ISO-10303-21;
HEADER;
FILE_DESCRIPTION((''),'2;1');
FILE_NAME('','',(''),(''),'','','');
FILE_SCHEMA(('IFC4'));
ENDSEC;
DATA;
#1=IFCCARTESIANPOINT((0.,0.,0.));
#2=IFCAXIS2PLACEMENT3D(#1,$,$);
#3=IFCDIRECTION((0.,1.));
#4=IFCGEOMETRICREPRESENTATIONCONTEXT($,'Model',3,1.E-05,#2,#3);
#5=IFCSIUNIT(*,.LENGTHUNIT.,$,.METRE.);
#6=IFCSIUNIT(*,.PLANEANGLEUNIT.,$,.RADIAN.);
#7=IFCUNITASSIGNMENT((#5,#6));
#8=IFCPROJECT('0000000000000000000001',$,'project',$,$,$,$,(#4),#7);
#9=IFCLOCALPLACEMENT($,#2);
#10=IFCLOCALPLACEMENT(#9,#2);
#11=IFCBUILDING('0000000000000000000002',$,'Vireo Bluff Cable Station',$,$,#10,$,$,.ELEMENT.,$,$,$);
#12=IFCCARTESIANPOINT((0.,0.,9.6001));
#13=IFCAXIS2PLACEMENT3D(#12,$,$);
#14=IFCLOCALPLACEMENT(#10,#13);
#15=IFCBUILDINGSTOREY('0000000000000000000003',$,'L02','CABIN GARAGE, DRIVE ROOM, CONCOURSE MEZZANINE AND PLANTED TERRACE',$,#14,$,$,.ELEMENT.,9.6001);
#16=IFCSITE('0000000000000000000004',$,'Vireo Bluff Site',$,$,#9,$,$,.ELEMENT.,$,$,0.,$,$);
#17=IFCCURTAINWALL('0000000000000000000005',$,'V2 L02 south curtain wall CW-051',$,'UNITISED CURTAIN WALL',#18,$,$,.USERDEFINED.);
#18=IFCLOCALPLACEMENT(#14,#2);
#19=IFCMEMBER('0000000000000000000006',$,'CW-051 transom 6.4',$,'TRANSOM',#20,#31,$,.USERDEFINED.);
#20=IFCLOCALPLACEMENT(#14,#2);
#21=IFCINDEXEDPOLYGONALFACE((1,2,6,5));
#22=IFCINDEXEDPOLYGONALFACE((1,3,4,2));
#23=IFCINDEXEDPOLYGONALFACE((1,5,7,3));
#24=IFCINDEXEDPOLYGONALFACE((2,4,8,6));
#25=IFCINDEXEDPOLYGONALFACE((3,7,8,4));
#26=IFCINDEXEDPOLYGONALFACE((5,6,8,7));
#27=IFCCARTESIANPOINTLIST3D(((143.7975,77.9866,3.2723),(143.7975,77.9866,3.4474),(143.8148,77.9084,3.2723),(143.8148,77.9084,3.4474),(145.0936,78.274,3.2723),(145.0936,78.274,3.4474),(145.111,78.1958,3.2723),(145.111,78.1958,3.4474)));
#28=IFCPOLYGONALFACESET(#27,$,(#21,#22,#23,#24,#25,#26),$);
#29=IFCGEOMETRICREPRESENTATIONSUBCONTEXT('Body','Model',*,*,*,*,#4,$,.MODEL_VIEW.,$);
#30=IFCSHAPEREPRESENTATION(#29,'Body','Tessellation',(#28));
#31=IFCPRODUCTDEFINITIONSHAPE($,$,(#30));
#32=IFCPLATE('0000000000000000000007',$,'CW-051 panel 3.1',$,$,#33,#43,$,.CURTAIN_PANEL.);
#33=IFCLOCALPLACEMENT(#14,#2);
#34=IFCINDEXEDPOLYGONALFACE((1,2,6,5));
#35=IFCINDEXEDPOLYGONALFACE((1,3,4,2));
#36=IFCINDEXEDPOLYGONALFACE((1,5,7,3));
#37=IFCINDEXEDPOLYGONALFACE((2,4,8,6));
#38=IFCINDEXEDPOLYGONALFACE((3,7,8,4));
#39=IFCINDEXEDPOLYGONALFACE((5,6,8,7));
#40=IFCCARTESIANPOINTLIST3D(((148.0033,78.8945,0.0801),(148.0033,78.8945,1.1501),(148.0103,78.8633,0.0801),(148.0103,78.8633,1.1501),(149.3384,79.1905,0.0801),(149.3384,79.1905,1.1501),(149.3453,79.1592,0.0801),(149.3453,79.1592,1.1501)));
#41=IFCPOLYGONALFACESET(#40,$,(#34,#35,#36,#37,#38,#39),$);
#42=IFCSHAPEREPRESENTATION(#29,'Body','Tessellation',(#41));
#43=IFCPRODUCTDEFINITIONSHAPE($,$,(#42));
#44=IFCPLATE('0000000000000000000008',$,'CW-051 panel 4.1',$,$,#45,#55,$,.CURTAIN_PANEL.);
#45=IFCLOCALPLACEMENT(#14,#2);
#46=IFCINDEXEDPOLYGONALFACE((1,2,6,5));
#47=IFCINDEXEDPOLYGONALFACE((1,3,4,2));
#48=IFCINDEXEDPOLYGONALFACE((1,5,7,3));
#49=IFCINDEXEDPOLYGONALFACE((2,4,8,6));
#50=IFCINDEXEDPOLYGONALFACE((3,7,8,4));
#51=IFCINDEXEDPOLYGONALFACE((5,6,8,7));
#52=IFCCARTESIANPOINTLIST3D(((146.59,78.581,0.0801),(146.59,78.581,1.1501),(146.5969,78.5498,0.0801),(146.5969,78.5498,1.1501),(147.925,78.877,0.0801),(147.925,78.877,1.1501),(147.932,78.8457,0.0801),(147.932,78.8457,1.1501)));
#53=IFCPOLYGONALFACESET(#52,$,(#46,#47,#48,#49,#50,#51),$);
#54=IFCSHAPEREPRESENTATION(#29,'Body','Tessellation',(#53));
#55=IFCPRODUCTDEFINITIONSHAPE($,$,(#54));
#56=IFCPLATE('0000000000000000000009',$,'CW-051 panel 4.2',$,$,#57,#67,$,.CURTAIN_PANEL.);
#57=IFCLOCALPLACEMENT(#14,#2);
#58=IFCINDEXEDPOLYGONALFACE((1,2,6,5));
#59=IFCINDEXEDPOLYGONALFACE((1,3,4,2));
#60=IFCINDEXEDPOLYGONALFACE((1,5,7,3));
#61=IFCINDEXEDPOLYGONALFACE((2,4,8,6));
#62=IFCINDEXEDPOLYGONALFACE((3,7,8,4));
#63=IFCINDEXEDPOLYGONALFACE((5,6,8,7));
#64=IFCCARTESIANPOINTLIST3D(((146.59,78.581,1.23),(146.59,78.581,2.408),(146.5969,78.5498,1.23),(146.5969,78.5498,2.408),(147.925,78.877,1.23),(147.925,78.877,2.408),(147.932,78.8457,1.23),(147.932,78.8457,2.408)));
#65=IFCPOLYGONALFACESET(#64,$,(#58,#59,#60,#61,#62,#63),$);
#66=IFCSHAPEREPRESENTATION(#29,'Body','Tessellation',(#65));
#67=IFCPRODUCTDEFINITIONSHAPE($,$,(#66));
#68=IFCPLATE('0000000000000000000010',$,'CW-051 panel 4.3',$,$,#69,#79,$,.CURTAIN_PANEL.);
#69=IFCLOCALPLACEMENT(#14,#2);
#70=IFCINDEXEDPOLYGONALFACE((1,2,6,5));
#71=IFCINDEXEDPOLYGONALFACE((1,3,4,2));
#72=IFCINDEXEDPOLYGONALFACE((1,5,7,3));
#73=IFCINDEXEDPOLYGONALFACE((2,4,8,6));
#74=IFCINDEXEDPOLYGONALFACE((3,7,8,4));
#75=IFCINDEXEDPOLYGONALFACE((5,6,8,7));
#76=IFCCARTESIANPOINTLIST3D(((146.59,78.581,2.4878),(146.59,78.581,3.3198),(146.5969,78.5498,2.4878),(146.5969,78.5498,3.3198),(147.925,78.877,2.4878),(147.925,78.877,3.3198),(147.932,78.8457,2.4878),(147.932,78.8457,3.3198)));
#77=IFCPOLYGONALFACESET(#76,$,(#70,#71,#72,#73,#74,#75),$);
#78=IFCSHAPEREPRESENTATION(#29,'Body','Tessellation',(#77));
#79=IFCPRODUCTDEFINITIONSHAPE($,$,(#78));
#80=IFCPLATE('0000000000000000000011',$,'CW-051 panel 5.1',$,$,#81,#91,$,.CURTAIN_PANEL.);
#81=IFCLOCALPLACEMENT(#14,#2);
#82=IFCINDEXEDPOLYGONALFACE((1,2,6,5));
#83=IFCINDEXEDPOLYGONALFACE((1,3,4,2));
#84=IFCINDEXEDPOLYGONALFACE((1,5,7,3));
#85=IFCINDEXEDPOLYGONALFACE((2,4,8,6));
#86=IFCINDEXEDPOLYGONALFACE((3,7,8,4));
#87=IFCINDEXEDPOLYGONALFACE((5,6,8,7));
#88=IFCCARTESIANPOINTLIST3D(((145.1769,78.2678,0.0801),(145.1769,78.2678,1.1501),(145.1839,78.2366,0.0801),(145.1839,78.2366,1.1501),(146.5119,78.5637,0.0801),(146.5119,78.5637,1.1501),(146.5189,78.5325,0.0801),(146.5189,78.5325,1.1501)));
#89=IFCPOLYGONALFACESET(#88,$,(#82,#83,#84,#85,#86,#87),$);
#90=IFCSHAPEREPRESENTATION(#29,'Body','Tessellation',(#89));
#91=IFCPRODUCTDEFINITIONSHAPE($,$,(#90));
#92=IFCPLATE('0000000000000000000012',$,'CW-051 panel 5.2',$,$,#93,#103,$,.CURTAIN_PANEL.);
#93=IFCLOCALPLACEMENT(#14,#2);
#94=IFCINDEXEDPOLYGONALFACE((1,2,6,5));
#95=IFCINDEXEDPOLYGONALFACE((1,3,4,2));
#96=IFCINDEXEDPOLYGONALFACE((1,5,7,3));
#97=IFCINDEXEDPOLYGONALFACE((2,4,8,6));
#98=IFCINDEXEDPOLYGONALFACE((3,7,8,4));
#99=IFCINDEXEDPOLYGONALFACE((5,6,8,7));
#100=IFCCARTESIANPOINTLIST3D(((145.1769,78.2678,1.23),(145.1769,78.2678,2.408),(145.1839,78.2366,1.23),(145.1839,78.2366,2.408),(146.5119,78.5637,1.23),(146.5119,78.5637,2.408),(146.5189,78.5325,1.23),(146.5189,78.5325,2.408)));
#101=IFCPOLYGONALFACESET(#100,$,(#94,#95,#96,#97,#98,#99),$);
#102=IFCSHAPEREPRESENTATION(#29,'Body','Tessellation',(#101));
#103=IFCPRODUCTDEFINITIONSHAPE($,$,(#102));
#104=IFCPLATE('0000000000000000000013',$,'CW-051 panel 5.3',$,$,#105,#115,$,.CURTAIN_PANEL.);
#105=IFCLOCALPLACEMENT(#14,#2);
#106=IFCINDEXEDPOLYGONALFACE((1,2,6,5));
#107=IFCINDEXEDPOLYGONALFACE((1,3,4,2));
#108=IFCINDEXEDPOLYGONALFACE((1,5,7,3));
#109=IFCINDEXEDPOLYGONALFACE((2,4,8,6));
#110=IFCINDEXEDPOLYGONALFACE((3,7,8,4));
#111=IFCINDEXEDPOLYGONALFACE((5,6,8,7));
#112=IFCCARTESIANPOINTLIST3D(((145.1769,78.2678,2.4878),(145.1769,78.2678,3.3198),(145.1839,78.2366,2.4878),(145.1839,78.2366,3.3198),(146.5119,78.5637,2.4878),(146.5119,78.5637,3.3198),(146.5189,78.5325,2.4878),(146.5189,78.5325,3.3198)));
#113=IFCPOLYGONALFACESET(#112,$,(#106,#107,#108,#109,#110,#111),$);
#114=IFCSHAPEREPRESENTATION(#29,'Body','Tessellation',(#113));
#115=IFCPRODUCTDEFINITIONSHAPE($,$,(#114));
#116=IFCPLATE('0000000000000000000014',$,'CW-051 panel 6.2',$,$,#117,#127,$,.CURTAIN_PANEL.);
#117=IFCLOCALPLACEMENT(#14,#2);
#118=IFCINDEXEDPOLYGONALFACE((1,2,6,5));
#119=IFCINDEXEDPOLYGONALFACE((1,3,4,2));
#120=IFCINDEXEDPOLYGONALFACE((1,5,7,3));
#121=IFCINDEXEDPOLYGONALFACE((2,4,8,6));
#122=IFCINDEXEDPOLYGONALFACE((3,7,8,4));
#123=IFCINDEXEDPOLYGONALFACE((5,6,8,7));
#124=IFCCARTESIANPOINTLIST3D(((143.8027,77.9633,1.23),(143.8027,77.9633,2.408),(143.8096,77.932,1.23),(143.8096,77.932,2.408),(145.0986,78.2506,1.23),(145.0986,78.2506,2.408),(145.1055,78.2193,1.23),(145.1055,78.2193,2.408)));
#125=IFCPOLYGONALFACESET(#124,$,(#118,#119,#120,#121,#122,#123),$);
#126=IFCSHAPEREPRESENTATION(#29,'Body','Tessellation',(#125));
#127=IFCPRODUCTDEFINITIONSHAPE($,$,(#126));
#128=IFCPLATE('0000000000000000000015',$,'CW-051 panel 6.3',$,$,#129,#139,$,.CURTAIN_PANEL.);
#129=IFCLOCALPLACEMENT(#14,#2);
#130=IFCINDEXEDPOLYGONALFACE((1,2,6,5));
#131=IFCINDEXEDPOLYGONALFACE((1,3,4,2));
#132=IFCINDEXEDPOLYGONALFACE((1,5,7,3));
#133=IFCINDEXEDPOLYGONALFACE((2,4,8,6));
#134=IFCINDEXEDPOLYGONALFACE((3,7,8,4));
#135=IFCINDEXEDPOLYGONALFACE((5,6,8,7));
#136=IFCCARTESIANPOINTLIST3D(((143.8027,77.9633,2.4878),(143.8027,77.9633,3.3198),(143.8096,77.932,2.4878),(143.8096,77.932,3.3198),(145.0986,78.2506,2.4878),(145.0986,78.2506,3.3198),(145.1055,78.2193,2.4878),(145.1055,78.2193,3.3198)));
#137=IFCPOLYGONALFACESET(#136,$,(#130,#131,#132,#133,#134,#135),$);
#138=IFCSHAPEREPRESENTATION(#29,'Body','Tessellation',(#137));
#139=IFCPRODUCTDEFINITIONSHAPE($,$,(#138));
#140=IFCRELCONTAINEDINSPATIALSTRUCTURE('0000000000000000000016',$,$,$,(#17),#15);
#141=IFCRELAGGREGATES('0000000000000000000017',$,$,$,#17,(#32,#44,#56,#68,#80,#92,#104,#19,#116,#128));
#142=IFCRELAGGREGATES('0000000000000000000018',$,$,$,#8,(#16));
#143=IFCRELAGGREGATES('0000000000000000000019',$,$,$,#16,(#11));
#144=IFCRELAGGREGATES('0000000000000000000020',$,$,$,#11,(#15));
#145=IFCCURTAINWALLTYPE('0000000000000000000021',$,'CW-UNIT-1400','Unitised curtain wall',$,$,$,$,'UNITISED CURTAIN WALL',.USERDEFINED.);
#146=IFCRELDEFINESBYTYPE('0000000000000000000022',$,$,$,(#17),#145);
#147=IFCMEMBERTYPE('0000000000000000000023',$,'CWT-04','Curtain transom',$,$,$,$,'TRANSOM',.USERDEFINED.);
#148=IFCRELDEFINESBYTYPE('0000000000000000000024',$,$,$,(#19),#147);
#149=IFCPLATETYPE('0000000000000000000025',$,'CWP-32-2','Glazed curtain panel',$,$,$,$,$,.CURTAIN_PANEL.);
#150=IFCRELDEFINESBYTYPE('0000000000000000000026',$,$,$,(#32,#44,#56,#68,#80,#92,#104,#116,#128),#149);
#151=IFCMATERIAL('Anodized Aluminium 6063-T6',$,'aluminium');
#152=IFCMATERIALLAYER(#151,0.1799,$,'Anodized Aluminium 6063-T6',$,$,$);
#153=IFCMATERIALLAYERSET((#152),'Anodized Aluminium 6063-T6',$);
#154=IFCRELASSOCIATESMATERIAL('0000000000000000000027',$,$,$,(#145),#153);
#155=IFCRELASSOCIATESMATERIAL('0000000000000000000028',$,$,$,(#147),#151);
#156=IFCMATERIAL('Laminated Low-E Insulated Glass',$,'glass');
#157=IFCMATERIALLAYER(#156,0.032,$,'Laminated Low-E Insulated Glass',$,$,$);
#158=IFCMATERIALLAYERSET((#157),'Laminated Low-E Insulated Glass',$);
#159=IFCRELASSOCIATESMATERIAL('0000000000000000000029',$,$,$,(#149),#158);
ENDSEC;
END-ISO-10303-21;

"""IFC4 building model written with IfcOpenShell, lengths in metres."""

from ifc_helpers import new_model, si_unit, direction, frame, origin, origin_2d, place, context, subcontext, project, spatial, rectangle, extrude, material, layer, layer_set, material_profile, profile_set, type_object, element, aggregate, save


model = new_model("IFC4")

# Units and contexts
model_context = context("Model", 3, precision=1e-05, world=origin(), true_north=direction((0.0, 1.0)))
body_context = subcontext(model_context, "Body", "Model", "MODEL_VIEW")
ifc_project = project(units=[si_unit("LENGTHUNIT", "METRE"), si_unit("PLANEANGLEUNIT", "RADIAN")], contexts=[model_context])

# Site, building, storey
site_placement = place(None, origin())
site = spatial("IfcSite", under=ifc_project, at=site_placement, Name="Vireo Bluff Site", CompositionType="ELEMENT", RefElevation=0.0)
building_placement = place(site_placement, origin())
building = spatial("IfcBuilding", under=site, at=building_placement, Name="Vireo Bluff Cable Station", CompositionType="ELEMENT")
storey_placement = place(building_placement, frame((0.0, 0.0, 9.6001)))
storey = spatial("IfcBuildingStorey", under=building, at=storey_placement, Name="L02", Description="CABIN GARAGE, DRIVE ROOM, CONCOURSE MEZZANINE AND PLANTED TERRACE", CompositionType="ELEMENT", Elevation=9.6001)

# Curtain wall, member, plates
ifc_material_1 = material(Name="Anodized Aluminium 6063-T6", Category="aluminium")
ifc_layer_1 = layer(ifc_material_1, 0.1799, Name="Anodized Aluminium 6063-T6")
ifc_layer_set_1 = layer_set([ifc_layer_1], Name="Anodized Aluminium 6063-T6")
curtain_wall_type = type_object("IfcCurtainWallType", Name="CW-UNIT-1400", Description="Unitised curtain wall", ElementType="UNITISED CURTAIN WALL", PredefinedType="USERDEFINED", material=ifc_layer_set_1)
curtain_wall_placement = place(storey_placement, origin())
curtain_wall = element("IfcCurtainWall", 1, at=curtain_wall_placement, inside=storey, type_object=curtain_wall_type, Name="V2 L02 south curtain wall CW-051", ObjectType="UNITISED CURTAIN WALL", PredefinedType="USERDEFINED")
ifc_material_profile_1 = material_profile(ifc_material_1, rectangle(XDim=0.0801, YDim=0.175, at=origin_2d()), Name="ALU-T-80X175")
ifc_profile_set_1 = profile_set([ifc_material_profile_1], Name="Anodized Aluminium 6063-T6")
member_type_1 = type_object("IfcMemberType", Name="CWT-04", Description="Curtain transom", ElementType="TRANSOM", PredefinedType="USERDEFINED", material=ifc_profile_set_1)
member_1_placement = place(storey_placement, frame((145.1023, 78.2349, 3.3599), z_axis=(-0.976295, -0.216444, 0.0), x_axis=(0.216444, -0.976295, 0.0)))
member_1 = element("IfcMember", 2, at=member_1_placement, type_object=member_type_1, Name="CW-051 transom 6.4", ObjectType="TRANSOM", PredefinedType="USERDEFINED", context=body_context, shape_type="SweptSolid", body=[
    extrude(rectangle(XDim=0.0801, YDim=0.175, at=origin_2d()), origin(), (0.0, 0.0, 1.0), 1.3276),
])
ifc_material_2 = material(Name="Laminated Low-E Insulated Glass", Category="glass")
ifc_layer_2 = layer(ifc_material_2, 0.032, Name="Laminated Low-E Insulated Glass")
ifc_layer_set_2 = layer_set([ifc_layer_2], Name="Laminated Low-E Insulated Glass")
plate_type = type_object("IfcPlateType", Name="CWP-32-2", Description="Glazed curtain panel", PredefinedType="CURTAIN_PANEL", material=ifc_layer_set_2)
plate_1_placement = place(storey_placement, frame((148.6743, 79.0269, 0.0801), z_axis=(0.0, 0.0, 1.0), x_axis=(-0.976296, -0.21644, 0.0)))
plate_1 = element("IfcPlate", 3, at=plate_1_placement, type_object=plate_type, Name="CW-051 panel 3.1", PredefinedType="CURTAIN_PANEL", context=body_context, shape_type="SweptSolid", body=[
    extrude(rectangle(XDim=1.3674, YDim=0.032, at=origin_2d()), origin(), (0.0, 0.0, 1.0), 1.0701),
])
plate_2_placement = place(storey_placement, frame((147.261, 78.7134, 0.0801), z_axis=(0.0, 0.0, 1.0), x_axis=(-0.976296, -0.21644, 0.0)))
plate_2 = element("IfcPlate", 4, at=plate_2_placement, type_object=plate_type, Name="CW-051 panel 4.1", PredefinedType="CURTAIN_PANEL", context=body_context, shape_type="SweptSolid", body=[
    extrude(rectangle(XDim=1.3674, YDim=0.032, at=origin_2d()), origin(), (0.0, 0.0, 1.0), 1.0701),
])
plate_3_placement = place(storey_placement, frame((147.261, 78.7134, 1.23), z_axis=(0.0, 0.0, 1.0), x_axis=(-0.976296, -0.21644, 0.0)))
plate_3 = element("IfcPlate", 5, at=plate_3_placement, type_object=plate_type, Name="CW-051 panel 4.2", PredefinedType="CURTAIN_PANEL", context=body_context, shape_type="SweptSolid", body=[
    extrude(rectangle(XDim=1.3674, YDim=0.032, at=origin_2d()), origin(), (0.0, 0.0, 1.0), 1.178),
])
plate_4_placement = place(storey_placement, frame((147.261, 78.7134, 2.4878), z_axis=(0.0, 0.0, 1.0), x_axis=(-0.976296, -0.21644, 0.0)))
plate_4 = element("IfcPlate", 6, at=plate_4_placement, type_object=plate_type, Name="CW-051 panel 4.3", PredefinedType="CURTAIN_PANEL", context=body_context, shape_type="SweptSolid", body=[
    extrude(rectangle(XDim=1.3674, YDim=0.032, at=origin_2d()), origin(), (0.0, 0.0, 1.0), 0.832),
])
plate_5_placement = place(storey_placement, frame((145.8479, 78.4001, 0.0801), z_axis=(0.0, 0.0, 1.0), x_axis=(-0.976296, -0.21644, 0.0)))
plate_5 = element("IfcPlate", 7, at=plate_5_placement, type_object=plate_type, Name="CW-051 panel 5.1", PredefinedType="CURTAIN_PANEL", context=body_context, shape_type="SweptSolid", body=[
    extrude(rectangle(XDim=1.3674, YDim=0.032, at=origin_2d()), origin(), (0.0, 0.0, 1.0), 1.0701),
])
plate_6_placement = place(storey_placement, frame((145.8479, 78.4001, 1.23), z_axis=(0.0, 0.0, 1.0), x_axis=(-0.976296, -0.21644, 0.0)))
plate_6 = element("IfcPlate", 8, at=plate_6_placement, type_object=plate_type, Name="CW-051 panel 5.2", PredefinedType="CURTAIN_PANEL", context=body_context, shape_type="SweptSolid", body=[
    extrude(rectangle(XDim=1.3674, YDim=0.032, at=origin_2d()), origin(), (0.0, 0.0, 1.0), 1.178),
])
plate_7_placement = place(storey_placement, frame((145.8479, 78.4001, 2.4878), z_axis=(0.0, 0.0, 1.0), x_axis=(-0.976296, -0.21644, 0.0)))
plate_7 = element("IfcPlate", 9, at=plate_7_placement, type_object=plate_type, Name="CW-051 panel 5.3", PredefinedType="CURTAIN_PANEL", context=body_context, shape_type="SweptSolid", body=[
    extrude(rectangle(XDim=1.3674, YDim=0.032, at=origin_2d()), origin(), (0.0, 0.0, 1.0), 0.832),
])
plate_8_placement = place(storey_placement, frame((144.4541, 78.0913, 1.23), z_axis=(0.0, 0.0, 1.0), x_axis=(-0.976296, -0.21644, 0.0)))
plate_8 = element("IfcPlate", 10, at=plate_8_placement, type_object=plate_type, Name="CW-051 panel 6.2", PredefinedType="CURTAIN_PANEL", context=body_context, shape_type="SweptSolid", body=[
    extrude(rectangle(XDim=1.3274, YDim=0.032, at=origin_2d()), origin(), (0.0, 0.0, 1.0), 1.178),
])
plate_9_placement = place(storey_placement, frame((144.4541, 78.0913, 2.4878), z_axis=(0.0, 0.0, 1.0), x_axis=(-0.976296, -0.21644, 0.0)))
plate_9 = element("IfcPlate", 11, at=plate_9_placement, type_object=plate_type, Name="CW-051 panel 6.3", PredefinedType="CURTAIN_PANEL", context=body_context, shape_type="SweptSolid", body=[
    extrude(rectangle(XDim=1.3274, YDim=0.032, at=origin_2d()), origin(), (0.0, 0.0, 1.0), 0.832),
])
aggregate(curtain_wall, [plate_1, plate_2, plate_3, plate_4, plate_5, plate_6, plate_7, member_1, plate_8, plate_9])

save(model, "model.ifc")
